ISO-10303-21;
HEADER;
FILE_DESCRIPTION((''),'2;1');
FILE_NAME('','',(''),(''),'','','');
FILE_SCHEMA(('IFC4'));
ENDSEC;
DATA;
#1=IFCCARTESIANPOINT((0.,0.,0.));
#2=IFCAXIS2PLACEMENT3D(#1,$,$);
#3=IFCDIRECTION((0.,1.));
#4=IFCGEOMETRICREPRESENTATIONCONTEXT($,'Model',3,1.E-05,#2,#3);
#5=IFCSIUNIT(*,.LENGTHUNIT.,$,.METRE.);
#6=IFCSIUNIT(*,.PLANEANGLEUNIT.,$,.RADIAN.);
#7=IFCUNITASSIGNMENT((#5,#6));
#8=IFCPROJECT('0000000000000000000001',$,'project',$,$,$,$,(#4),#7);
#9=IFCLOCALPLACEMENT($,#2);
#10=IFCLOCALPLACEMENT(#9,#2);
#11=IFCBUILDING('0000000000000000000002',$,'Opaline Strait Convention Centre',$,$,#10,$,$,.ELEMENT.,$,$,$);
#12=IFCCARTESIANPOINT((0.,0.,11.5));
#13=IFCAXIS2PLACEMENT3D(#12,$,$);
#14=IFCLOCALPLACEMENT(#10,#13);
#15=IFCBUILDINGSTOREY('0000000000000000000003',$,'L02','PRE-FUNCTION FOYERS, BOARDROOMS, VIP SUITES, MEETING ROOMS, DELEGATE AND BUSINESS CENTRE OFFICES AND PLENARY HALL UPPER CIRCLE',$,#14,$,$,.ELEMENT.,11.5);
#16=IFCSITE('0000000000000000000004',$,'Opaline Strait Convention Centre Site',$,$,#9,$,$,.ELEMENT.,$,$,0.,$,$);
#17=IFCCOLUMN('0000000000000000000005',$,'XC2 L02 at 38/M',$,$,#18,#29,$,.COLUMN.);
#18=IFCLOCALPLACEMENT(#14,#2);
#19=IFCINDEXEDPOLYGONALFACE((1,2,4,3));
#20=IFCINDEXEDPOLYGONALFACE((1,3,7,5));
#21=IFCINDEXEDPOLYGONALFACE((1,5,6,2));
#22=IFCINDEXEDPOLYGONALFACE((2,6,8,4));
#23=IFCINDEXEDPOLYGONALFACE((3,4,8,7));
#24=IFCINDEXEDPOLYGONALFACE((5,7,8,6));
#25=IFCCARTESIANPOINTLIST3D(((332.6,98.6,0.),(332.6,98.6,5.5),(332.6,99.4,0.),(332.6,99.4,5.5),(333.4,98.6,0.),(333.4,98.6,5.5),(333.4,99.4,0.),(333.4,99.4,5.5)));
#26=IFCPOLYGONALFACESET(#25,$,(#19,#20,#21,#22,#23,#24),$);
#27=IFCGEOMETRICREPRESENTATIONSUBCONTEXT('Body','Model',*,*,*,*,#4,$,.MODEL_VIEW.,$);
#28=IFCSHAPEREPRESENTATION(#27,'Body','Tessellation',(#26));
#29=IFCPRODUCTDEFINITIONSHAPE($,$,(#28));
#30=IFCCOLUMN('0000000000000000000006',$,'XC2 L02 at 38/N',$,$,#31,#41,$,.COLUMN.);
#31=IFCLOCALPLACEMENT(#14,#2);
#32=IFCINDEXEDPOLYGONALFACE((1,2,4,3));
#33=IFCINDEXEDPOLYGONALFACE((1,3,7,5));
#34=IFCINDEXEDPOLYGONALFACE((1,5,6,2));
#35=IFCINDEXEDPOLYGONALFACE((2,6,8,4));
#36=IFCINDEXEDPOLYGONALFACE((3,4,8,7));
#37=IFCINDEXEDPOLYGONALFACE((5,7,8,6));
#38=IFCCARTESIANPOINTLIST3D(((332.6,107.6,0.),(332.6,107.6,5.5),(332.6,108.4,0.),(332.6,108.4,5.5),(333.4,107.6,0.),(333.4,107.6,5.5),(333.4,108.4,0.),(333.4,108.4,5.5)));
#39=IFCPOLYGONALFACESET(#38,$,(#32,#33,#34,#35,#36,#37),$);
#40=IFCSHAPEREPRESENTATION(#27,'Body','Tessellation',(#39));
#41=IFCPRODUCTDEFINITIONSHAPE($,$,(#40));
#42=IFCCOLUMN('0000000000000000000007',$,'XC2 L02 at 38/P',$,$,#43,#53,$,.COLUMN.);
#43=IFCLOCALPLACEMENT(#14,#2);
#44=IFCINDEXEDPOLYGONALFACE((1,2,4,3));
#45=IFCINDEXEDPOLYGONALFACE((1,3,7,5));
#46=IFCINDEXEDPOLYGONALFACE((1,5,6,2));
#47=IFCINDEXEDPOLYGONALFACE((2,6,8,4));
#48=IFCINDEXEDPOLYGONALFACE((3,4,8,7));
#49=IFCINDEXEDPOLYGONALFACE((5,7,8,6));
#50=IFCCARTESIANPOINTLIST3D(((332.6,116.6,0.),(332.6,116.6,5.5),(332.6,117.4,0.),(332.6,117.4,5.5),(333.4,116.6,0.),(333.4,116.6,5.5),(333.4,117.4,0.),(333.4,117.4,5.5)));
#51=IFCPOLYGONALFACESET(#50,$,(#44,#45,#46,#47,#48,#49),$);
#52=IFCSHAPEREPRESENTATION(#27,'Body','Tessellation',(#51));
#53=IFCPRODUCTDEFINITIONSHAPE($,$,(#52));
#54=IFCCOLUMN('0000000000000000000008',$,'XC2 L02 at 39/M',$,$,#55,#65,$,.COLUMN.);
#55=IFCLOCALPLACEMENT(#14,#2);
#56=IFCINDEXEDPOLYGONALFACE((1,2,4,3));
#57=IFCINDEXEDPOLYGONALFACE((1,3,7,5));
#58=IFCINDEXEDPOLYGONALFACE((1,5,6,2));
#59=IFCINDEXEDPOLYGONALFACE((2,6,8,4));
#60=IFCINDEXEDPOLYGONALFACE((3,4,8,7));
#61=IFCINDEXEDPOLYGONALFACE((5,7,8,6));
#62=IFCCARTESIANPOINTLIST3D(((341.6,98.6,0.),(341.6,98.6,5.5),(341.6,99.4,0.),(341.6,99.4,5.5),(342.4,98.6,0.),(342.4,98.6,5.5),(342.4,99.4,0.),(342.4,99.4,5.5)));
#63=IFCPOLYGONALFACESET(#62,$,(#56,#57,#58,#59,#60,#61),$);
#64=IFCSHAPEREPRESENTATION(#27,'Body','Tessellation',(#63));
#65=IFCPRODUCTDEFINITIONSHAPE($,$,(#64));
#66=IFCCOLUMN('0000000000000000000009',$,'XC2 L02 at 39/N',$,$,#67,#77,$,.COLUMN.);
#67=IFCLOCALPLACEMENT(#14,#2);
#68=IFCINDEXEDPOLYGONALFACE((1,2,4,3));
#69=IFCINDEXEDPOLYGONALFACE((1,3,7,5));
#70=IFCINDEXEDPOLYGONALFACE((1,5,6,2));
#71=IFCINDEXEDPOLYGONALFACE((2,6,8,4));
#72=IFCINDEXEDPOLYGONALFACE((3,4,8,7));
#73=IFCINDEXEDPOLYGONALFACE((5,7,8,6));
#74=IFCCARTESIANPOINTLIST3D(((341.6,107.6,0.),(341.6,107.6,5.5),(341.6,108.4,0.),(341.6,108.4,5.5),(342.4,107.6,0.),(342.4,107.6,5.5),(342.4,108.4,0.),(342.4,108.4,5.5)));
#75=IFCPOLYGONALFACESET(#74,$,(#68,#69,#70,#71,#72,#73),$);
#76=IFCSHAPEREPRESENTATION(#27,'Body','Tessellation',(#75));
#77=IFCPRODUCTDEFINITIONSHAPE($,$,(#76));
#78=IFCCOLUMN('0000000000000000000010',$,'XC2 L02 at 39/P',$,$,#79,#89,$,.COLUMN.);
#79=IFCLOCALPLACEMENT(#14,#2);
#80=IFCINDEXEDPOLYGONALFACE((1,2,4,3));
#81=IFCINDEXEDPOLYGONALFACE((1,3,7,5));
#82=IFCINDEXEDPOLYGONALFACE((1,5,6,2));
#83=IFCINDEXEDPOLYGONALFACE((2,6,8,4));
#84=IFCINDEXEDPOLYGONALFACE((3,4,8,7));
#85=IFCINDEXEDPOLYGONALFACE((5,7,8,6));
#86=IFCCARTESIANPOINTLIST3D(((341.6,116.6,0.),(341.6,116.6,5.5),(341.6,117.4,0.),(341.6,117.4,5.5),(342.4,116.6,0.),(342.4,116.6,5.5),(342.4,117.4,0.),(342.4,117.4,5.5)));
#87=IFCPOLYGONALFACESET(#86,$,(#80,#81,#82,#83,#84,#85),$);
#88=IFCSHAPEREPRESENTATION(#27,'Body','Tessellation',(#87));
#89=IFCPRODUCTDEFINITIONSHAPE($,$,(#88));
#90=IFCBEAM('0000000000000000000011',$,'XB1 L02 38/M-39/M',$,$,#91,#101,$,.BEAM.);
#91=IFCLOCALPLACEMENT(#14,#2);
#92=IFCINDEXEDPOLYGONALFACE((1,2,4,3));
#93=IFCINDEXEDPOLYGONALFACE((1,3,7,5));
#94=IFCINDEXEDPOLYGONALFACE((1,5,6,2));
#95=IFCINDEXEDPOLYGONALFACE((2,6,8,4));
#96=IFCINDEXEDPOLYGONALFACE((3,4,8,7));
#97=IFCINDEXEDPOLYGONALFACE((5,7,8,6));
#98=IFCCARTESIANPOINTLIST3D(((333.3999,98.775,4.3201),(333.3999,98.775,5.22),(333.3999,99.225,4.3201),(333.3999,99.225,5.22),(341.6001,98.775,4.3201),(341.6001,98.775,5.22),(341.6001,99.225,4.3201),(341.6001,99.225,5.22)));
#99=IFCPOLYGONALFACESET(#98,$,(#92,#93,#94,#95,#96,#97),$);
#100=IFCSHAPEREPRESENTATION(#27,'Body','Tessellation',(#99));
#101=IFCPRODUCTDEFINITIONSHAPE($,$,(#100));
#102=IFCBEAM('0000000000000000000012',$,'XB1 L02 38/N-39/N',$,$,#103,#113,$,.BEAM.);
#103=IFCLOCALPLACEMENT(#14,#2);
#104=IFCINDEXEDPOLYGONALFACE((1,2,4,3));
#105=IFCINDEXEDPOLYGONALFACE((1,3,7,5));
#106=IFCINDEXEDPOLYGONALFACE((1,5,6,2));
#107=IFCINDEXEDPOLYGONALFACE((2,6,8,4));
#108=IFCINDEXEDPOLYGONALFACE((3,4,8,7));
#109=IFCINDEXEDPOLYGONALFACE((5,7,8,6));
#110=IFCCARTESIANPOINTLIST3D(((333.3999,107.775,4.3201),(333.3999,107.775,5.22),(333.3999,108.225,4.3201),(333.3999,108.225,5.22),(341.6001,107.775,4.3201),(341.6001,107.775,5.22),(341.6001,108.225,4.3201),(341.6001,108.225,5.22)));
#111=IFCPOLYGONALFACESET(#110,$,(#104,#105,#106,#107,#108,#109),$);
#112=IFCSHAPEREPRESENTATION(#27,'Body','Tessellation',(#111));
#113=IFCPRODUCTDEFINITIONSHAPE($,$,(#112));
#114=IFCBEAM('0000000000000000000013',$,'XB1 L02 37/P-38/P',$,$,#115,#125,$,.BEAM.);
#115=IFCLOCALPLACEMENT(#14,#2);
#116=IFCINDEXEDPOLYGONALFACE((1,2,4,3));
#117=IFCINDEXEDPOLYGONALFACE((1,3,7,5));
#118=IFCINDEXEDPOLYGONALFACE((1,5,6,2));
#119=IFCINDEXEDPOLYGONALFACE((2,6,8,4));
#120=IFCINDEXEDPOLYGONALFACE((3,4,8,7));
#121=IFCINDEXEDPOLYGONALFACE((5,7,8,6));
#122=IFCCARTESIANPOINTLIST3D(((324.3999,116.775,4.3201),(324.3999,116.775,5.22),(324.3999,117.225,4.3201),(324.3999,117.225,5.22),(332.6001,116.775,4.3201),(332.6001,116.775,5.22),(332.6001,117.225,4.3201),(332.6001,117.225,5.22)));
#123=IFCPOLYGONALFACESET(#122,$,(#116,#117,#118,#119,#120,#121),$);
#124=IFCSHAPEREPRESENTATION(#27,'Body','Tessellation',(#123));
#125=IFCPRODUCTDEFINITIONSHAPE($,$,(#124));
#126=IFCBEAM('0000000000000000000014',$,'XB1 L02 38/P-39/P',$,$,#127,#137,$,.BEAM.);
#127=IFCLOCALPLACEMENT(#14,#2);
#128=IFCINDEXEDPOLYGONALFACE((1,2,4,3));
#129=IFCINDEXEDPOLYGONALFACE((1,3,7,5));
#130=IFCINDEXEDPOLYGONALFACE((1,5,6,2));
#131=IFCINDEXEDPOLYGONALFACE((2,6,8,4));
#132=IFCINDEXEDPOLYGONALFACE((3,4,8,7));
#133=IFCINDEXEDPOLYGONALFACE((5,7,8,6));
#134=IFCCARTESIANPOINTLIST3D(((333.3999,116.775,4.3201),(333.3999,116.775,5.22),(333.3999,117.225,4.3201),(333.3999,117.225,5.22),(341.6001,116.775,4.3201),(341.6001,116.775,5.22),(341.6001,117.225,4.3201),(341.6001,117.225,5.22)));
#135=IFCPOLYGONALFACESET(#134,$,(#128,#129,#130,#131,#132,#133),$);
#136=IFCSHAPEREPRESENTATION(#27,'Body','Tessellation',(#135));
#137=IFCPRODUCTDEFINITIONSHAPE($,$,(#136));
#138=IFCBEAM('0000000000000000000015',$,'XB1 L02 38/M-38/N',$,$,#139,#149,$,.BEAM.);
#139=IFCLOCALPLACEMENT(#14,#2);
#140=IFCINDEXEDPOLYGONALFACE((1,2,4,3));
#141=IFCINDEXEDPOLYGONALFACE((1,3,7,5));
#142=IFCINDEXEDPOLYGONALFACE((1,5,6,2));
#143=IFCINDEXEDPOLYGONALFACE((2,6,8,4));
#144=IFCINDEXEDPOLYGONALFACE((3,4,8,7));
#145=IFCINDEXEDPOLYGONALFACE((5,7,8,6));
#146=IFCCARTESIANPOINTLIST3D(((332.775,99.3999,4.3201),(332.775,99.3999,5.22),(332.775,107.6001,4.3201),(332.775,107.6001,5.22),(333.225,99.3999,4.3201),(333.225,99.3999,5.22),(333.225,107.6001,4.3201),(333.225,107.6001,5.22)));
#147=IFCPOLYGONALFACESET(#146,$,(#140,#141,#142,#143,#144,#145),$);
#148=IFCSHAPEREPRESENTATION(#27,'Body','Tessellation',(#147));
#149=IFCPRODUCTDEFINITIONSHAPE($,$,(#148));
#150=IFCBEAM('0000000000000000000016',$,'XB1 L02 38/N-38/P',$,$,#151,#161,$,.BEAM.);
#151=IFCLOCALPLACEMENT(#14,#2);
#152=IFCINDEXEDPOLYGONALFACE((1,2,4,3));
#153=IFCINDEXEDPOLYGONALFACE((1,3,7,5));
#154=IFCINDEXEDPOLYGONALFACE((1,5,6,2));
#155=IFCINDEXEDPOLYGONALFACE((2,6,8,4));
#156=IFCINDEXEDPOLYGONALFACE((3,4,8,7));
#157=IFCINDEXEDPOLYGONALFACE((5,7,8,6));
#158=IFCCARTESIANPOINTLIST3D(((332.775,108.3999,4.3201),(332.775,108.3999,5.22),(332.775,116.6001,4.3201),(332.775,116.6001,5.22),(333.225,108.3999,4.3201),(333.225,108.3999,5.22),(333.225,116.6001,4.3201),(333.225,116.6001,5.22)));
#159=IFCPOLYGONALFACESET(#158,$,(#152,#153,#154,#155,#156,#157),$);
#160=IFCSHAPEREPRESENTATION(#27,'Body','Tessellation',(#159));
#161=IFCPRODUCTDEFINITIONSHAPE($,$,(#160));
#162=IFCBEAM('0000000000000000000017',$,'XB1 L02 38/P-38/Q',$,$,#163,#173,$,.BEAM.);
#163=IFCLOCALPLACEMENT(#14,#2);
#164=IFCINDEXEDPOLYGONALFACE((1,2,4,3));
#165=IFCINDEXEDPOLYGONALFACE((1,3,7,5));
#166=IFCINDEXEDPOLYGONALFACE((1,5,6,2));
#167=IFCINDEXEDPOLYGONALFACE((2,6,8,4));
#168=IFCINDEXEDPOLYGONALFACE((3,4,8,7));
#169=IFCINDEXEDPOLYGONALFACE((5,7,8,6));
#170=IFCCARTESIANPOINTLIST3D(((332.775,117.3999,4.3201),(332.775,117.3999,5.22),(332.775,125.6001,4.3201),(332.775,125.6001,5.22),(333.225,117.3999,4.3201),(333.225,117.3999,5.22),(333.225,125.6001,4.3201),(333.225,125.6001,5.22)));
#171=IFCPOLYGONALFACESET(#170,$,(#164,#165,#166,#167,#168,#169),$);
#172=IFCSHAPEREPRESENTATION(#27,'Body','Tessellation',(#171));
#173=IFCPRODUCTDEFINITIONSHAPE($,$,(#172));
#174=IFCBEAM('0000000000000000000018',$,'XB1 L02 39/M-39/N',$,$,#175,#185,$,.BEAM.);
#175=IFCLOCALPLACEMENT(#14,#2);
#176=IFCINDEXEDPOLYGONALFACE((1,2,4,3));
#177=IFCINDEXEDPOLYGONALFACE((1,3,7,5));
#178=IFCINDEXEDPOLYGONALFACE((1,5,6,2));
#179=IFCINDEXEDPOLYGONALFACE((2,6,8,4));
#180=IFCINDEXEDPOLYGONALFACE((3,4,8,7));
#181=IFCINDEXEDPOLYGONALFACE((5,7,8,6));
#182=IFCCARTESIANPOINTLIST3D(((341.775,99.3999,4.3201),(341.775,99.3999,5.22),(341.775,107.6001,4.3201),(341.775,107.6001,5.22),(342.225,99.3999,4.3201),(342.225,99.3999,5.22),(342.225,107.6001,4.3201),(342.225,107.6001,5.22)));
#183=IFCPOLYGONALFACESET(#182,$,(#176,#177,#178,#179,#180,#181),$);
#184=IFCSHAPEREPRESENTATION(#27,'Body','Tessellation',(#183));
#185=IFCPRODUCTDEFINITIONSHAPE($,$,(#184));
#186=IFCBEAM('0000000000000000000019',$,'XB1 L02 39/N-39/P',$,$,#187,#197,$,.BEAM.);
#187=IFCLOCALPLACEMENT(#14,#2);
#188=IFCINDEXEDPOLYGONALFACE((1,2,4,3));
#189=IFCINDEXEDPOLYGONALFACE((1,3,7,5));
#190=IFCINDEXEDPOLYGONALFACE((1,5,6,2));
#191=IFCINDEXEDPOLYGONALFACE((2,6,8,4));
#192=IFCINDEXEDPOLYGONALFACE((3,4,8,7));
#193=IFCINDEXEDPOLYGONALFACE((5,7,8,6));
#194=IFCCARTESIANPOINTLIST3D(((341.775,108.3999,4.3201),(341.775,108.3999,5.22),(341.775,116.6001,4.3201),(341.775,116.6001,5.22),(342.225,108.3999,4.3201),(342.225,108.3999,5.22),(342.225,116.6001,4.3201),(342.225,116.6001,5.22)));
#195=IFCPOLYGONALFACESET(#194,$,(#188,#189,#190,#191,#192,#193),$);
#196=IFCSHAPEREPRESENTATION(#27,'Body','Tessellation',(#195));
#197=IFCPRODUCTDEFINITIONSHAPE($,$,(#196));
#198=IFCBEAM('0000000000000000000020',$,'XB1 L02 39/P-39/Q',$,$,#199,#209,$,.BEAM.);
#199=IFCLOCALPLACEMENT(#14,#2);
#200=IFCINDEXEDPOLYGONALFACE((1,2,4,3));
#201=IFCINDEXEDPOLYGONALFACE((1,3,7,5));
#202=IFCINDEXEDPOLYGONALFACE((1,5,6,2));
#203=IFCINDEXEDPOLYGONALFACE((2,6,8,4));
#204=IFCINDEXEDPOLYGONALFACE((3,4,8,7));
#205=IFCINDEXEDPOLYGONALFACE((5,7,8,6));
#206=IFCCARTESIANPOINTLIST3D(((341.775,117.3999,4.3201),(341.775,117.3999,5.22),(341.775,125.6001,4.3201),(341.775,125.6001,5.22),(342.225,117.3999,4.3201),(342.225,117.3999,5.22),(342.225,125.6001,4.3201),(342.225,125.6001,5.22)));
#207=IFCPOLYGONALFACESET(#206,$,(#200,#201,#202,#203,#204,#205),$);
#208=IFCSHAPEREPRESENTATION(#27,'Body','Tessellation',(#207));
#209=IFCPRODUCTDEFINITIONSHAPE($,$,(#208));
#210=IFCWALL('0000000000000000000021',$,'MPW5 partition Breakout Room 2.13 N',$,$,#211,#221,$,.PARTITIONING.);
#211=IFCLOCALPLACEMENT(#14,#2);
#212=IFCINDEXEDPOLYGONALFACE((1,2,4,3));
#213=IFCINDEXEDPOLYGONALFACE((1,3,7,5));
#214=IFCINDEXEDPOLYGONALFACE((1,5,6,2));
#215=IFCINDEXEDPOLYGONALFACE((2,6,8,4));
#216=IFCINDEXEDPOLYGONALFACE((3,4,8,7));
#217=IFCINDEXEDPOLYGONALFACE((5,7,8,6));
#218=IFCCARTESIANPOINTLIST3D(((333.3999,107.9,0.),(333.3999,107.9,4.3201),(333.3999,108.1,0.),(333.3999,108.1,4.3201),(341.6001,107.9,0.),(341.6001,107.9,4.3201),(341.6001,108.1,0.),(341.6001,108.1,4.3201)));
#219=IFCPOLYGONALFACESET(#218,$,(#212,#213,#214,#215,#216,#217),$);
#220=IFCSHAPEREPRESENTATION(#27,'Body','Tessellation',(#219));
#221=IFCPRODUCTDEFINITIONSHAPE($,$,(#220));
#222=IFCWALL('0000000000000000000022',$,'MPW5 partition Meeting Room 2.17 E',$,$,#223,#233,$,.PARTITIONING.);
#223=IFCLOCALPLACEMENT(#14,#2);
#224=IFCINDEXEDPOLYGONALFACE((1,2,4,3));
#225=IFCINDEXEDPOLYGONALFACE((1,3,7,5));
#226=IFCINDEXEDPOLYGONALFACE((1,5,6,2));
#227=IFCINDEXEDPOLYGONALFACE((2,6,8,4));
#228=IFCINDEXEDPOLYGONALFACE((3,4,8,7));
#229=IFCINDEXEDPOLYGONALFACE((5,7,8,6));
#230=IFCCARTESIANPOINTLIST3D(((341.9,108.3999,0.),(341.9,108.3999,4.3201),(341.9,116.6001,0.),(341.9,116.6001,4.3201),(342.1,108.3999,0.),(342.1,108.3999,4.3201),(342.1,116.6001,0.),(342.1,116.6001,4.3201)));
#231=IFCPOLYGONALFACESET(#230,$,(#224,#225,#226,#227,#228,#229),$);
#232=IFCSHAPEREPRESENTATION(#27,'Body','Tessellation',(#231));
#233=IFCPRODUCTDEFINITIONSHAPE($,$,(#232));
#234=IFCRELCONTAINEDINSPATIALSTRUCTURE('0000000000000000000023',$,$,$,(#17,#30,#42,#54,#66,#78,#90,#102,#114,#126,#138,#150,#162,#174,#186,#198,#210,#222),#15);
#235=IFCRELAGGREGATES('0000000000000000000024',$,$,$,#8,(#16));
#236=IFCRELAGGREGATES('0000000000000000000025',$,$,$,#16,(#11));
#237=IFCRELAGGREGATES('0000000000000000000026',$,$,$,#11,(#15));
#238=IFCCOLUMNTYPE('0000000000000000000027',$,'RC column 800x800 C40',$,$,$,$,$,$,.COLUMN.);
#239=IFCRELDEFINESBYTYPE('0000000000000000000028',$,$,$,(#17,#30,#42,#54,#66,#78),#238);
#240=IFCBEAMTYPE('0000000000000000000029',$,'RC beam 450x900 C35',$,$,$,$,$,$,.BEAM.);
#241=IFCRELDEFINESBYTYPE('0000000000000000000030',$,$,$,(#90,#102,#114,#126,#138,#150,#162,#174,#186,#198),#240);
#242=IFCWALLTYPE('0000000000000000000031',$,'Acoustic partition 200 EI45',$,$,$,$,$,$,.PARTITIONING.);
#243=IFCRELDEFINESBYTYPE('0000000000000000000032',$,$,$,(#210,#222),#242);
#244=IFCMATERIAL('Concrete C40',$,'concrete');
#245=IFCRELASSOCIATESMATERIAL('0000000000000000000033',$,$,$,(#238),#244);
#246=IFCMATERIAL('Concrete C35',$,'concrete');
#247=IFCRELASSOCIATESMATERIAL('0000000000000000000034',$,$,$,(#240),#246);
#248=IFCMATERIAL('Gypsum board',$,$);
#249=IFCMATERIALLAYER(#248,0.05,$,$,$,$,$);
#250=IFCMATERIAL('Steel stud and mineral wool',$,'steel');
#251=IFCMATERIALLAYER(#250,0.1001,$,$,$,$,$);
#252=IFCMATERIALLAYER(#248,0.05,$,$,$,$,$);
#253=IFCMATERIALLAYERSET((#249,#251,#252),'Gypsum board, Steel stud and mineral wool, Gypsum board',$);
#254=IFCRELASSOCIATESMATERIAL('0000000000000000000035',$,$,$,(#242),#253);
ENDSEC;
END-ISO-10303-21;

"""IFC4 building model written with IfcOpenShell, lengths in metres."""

from ifc_helpers import new_model, si_unit, direction, frame, frame_2d, origin, origin_2d, place, context, subcontext, project, spatial, rectangle, extrude, material, layer, layer_set, material_profile, profile_set, type_object, element, save


model = new_model("IFC4")

# Units and contexts
model_context = context("Model", 3, precision=1e-05, world=origin(), true_north=direction((0.0, 1.0)))
body_context = subcontext(model_context, "Body", "Model", "MODEL_VIEW")
ifc_project = project(units=[si_unit("LENGTHUNIT", "METRE"), si_unit("PLANEANGLEUNIT", "RADIAN")], contexts=[model_context])

# Site, building, storey
site_placement = place(None, origin())
site = spatial("IfcSite", under=ifc_project, at=site_placement, Name="Opaline Strait Convention Centre Site", CompositionType="ELEMENT", RefElevation=0.0)
building_placement = place(site_placement, origin())
building = spatial("IfcBuilding", under=site, at=building_placement, Name="Opaline Strait Convention Centre", CompositionType="ELEMENT")
storey_placement = place(building_placement, frame((0.0, 0.0, 11.5)))
storey = spatial("IfcBuildingStorey", under=building, at=storey_placement, Name="L02", Description="PRE-FUNCTION FOYERS, BOARDROOMS, VIP SUITES, MEETING ROOMS, DELEGATE AND BUSINESS CENTRE OFFICES AND PLENARY HALL UPPER CIRCLE", CompositionType="ELEMENT", Elevation=11.5)

# Columns
ifc_material_1 = material(Name="Concrete C40", Category="concrete")
ifc_material_profile_1 = material_profile(ifc_material_1, rectangle(XDim=0.8, YDim=0.8, at=origin_2d()), Name="RC 800x800")
ifc_profile_set_1 = profile_set([ifc_material_profile_1], Name="Concrete C40")
column_type = type_object("IfcColumnType", Name="RC column 800x800 C40", PredefinedType="COLUMN", material=ifc_profile_set_1)
for number, where, z_axis, x_axis, name in (
    (1, (333.0, 99.0, 0.0), (0.0, 0.0, 1.0), (1.0, 0.0, 0.0), "XC2 L02 at 38/M"),
    (2, (333.0, 108.0, 0.0), (0.0, 0.0, 1.0), (1.0, 0.0, 0.0), "XC2 L02 at 38/N"),
    (3, (333.0, 117.0, 0.0), (0.0, 0.0, 1.0), (1.0, 0.0, 0.0), "XC2 L02 at 38/P"),
    (4, (342.0, 99.0, 0.0), (0.0, 0.0, 1.0), (1.0, 0.0, 0.0), "XC2 L02 at 39/M"),
    (5, (342.0, 108.0, 0.0), (0.0, 0.0, 1.0), (1.0, 0.0, 0.0), "XC2 L02 at 39/N"),
    (6, (342.0, 117.0, 0.0), (0.0, 0.0, 1.0), (1.0, 0.0, 0.0), "XC2 L02 at 39/P"),
):
    element("IfcColumn", number, at=place(storey_placement, frame(where, z_axis=z_axis, x_axis=x_axis)), inside=storey, type_object=column_type, Name=name, PredefinedType="COLUMN", context=body_context, shape_type="SweptSolid", body=[
        extrude(rectangle(XDim=0.8, YDim=0.8, at=origin_2d()), origin(), (0.0, 0.0, 1.0), 5.5),
    ])

# Beams
ifc_material_2 = material(Name="Concrete C35", Category="concrete")
ifc_material_profile_2 = material_profile(ifc_material_2, rectangle(XDim=0.45, YDim=0.8999, at=origin_2d()), Name="RC 450x900")
ifc_profile_set_2 = profile_set([ifc_material_profile_2], Name="Concrete C35")
beam_type = type_object("IfcBeamType", Name="RC beam 450x900 C35", PredefinedType="BEAM", material=ifc_profile_set_2)
for number, where, z_axis, x_axis, name in (
    (7, (333.3999, 99.0, 4.77), (1.0, 0.0, 0.0), (0.0, 1.0, 0.0), "XB1 L02 38/M-39/M"),
    (8, (333.3999, 108.0, 4.77), (1.0, 0.0, 0.0), (0.0, 1.0, 0.0), "XB1 L02 38/N-39/N"),
    (9, (324.3999, 117.0, 4.77), (1.0, 0.0, 0.0), (0.0, 1.0, 0.0), "XB1 L02 37/P-38/P"),
    (10, (333.3999, 117.0, 4.77), (1.0, 0.0, 0.0), (0.0, 1.0, 0.0), "XB1 L02 38/P-39/P"),
    (11, (333.0, 99.3999, 4.77), (0.0, 1.0, 0.0), (-1.0, 0.0, 0.0), "XB1 L02 38/M-38/N"),
    (12, (333.0, 108.3999, 4.77), (0.0, 1.0, 0.0), (-1.0, 0.0, 0.0), "XB1 L02 38/N-38/P"),
    (13, (333.0, 117.3999, 4.77), (0.0, 1.0, 0.0), (-1.0, 0.0, 0.0), "XB1 L02 38/P-38/Q"),
    (14, (342.0, 99.3999, 4.77), (0.0, 1.0, 0.0), (-1.0, 0.0, 0.0), "XB1 L02 39/M-39/N"),
    (15, (342.0, 108.3999, 4.77), (0.0, 1.0, 0.0), (-1.0, 0.0, 0.0), "XB1 L02 39/N-39/P"),
    (16, (342.0, 117.3999, 4.77), (0.0, 1.0, 0.0), (-1.0, 0.0, 0.0), "XB1 L02 39/P-39/Q"),
):
    element("IfcBeam", number, at=place(storey_placement, frame(where, z_axis=z_axis, x_axis=x_axis)), inside=storey, type_object=beam_type, Name=name, PredefinedType="BEAM", context=body_context, shape_type="SweptSolid", body=[
        extrude(rectangle(XDim=0.45, YDim=0.8999, at=origin_2d()), origin(), (0.0, 0.0, 1.0), 8.2002),
    ])

# Walls
ifc_material_3 = material(Name="Gypsum board")
ifc_layer_1 = layer(ifc_material_3, 0.05)
ifc_material_4 = material(Name="Steel stud and mineral wool", Category="steel")
ifc_layer_2 = layer(ifc_material_4, 0.1001)
ifc_layer_3 = layer(ifc_material_3, 0.05)
ifc_layer_set_1 = layer_set([ifc_layer_1, ifc_layer_2, ifc_layer_3], Name="Gypsum board, Steel stud and mineral wool, Gypsum board")
wall_type_1 = type_object("IfcWallType", Name="Acoustic partition 200 EI45", PredefinedType="PARTITIONING", material=ifc_layer_set_1)
for number, where, z_axis, x_axis, name in (
    (17, (333.3999, 108.0, 0.0), (0.0, 0.0, 1.0), (1.0, 0.0, 0.0), "MPW5 partition Breakout Room 2.13 N"),
    (18, (342.0, 108.3999, 0.0), (0.0, 0.0, 1.0), (0.0, 1.0, 0.0), "MPW5 partition Meeting Room 2.17 E"),
):
    element("IfcWall", number, at=place(storey_placement, frame(where, z_axis=z_axis, x_axis=x_axis)), inside=storey, type_object=wall_type_1, Name=name, PredefinedType="PARTITIONING", context=body_context, shape_type="SweptSolid", body=[
        extrude(rectangle(XDim=8.2002, YDim=0.2, at=frame_2d((4.1001, 0.0))), origin(), (0.0, 0.0, 1.0), 4.3201),
    ])

save(model, "model.ifc")
